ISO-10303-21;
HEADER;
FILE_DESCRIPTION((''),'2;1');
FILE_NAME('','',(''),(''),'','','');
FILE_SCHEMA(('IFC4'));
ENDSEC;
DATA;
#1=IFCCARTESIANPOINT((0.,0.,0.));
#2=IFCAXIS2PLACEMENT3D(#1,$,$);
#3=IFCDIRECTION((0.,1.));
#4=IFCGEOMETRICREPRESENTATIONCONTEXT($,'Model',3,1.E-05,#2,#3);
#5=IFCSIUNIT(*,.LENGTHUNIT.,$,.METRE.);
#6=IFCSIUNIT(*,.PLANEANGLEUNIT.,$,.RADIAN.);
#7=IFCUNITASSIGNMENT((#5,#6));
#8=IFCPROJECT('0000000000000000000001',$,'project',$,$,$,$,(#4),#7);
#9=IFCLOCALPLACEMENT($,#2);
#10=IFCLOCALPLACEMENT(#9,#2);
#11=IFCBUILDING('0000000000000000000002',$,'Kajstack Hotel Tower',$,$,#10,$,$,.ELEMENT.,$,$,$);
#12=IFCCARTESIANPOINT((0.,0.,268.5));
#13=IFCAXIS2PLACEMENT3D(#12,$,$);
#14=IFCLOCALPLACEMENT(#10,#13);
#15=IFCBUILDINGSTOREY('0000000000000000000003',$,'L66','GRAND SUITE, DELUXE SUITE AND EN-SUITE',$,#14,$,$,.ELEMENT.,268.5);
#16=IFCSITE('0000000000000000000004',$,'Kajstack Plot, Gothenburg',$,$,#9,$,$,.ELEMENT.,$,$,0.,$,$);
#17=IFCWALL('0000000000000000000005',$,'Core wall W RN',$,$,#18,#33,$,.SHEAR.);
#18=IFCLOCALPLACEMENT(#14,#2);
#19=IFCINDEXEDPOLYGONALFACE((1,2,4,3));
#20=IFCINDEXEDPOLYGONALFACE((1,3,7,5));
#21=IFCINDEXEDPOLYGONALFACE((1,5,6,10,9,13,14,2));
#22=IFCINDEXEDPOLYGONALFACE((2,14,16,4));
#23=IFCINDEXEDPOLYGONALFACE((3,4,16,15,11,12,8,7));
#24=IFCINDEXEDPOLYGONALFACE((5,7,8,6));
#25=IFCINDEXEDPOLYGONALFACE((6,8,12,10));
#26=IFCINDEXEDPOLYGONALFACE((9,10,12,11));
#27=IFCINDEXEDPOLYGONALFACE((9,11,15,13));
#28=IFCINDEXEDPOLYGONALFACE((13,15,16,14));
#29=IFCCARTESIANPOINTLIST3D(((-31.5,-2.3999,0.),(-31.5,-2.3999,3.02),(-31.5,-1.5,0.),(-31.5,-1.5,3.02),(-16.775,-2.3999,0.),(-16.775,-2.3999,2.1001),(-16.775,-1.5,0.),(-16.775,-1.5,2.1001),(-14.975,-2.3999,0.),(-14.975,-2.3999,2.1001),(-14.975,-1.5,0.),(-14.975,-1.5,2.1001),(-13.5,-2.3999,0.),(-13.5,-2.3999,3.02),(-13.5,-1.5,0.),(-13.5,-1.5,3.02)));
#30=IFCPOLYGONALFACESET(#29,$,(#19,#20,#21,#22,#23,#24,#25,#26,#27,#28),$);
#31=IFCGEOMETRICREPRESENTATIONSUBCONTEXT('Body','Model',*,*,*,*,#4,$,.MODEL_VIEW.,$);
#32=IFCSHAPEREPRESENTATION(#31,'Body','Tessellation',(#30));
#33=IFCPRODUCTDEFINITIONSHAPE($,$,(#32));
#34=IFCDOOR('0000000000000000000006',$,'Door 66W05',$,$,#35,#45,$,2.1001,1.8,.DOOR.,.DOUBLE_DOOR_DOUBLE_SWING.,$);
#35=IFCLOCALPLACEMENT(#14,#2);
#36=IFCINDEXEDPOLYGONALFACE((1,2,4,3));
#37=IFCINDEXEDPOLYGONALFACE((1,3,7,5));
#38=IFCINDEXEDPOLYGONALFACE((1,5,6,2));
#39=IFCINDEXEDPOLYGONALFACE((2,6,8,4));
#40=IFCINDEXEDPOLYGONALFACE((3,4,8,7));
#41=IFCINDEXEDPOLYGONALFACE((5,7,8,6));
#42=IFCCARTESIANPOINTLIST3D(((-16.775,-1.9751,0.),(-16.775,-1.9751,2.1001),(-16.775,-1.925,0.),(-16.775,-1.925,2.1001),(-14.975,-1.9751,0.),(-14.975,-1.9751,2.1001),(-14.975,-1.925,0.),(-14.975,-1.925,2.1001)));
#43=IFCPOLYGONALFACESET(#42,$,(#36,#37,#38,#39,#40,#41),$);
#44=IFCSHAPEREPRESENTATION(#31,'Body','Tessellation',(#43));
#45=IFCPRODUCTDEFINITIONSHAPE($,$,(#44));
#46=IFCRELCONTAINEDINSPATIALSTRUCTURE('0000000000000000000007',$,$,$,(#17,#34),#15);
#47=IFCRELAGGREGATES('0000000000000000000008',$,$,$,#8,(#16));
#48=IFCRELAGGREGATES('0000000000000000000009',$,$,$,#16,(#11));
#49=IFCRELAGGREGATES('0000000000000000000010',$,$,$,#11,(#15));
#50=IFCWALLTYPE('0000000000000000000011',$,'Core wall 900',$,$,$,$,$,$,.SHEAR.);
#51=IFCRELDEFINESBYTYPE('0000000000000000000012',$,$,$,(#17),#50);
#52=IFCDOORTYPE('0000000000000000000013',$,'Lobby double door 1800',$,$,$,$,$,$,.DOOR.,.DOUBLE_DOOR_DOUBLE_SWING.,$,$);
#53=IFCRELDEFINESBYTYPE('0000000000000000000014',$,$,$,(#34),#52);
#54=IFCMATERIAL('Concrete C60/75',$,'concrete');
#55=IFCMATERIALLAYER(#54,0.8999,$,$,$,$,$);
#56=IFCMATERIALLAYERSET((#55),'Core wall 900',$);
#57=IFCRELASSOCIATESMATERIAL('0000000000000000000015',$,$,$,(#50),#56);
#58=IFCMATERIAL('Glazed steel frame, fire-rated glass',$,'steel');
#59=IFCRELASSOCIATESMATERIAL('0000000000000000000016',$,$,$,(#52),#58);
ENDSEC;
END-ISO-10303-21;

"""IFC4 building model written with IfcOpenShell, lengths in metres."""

from ifc_helpers import new_model, si_unit, direction, frame, frame_2d, origin, place, context, subcontext, project, spatial, rectangle, extrude, material, layer, layer_set, type_object, element, fill, save


model = new_model("IFC4")

# Units and contexts
model_context = context("Model", 3, precision=1e-05, world=origin(), true_north=direction((0.0, 1.0)))
body_context = subcontext(model_context, "Body", "Model", "MODEL_VIEW")
ifc_project = project(units=[si_unit("LENGTHUNIT", "METRE"), si_unit("PLANEANGLEUNIT", "RADIAN")], contexts=[model_context])

# Site, building, storey
site_placement = place(None, origin())
site = spatial("IfcSite", under=ifc_project, at=site_placement, Name="Kajstack Plot, Gothenburg", CompositionType="ELEMENT", RefElevation=0.0)
building_placement = place(site_placement, origin())
building = spatial("IfcBuilding", under=site, at=building_placement, Name="Kajstack Hotel Tower", CompositionType="ELEMENT")
storey_placement = place(building_placement, frame((0.0, 0.0, 268.5)))
storey = spatial("IfcBuildingStorey", under=building, at=storey_placement, Name="L66", Description="GRAND SUITE, DELUXE SUITE AND EN-SUITE", CompositionType="ELEMENT", Elevation=268.5)

# Wall, opening, door
ifc_material_1 = material(Name="Concrete C60/75", Category="concrete")
ifc_layer_1 = layer(ifc_material_1, 0.8999)
ifc_layer_set_1 = layer_set([ifc_layer_1], Name="Core wall 900")
wall_type_1 = type_object("IfcWallType", Name="Core wall 900", PredefinedType="SHEAR", material=ifc_layer_set_1)
wall_1_placement = place(storey_placement, frame((-31.5, -1.95, 0.0), z_axis=(0.0, 0.0, 1.0), x_axis=(1.0, 0.0, 0.0)))
wall_1 = element("IfcWall", 1, at=wall_1_placement, inside=storey, type_object=wall_type_1, Name="Core wall W RN", PredefinedType="SHEAR", context=body_context, shape_type="SweptSolid", body=[
    extrude(rectangle(XDim=18.0, YDim=0.8999, at=frame_2d((9.0, 0.0))), origin(), (0.0, 0.0, 1.0), 3.02),
])
opening_1_placement = place(wall_1_placement, frame((14.7251, 0.0, 0.0)))
opening_1 = element("IfcOpeningElement", 2, at=opening_1_placement, cuts=wall_1, PredefinedType="OPENING", context=body_context, shape_type="SweptSolid", body=[
    extrude(rectangle(XDim=1.8, YDim=2.1001, at=frame_2d((0.8999, 1.05))), frame((0.0, 0.46, 0.0), z_axis=(0.0, -1.0, 0.0), x_axis=(1.0, 0.0, 0.0)), (0.0, 0.0, 1.0), 0.9199),
])
ifc_material_2 = material(Name="Glazed steel frame, fire-rated glass", Category="steel")
door_type_1 = type_object("IfcDoorType", Name="Lobby double door 1800", OperationType="DOUBLE_DOOR_DOUBLE_SWING", PredefinedType="DOOR", material=ifc_material_2)
door_1_placement = place(opening_1_placement, origin())
door_1 = element("IfcDoor", 3, at=door_1_placement, inside=storey, type_object=door_type_1, Name="Door 66W05", OperationType="DOUBLE_DOOR_DOUBLE_SWING", OverallHeight=2.1001, OverallWidth=1.8, PredefinedType="DOOR", context=body_context, shape_type="SweptSolid", body=[
    extrude(rectangle(XDim=1.8, YDim=2.1001, at=frame_2d((0.8999, 1.05))), frame((0.0, 0.0249, 0.0), z_axis=(0.0, -1.0, 0.0), x_axis=(1.0, 0.0, 0.0)), (0.0, 0.0, 1.0), 0.05),
])
fill(opening_1, door_1)

save(model, "model.ifc")
